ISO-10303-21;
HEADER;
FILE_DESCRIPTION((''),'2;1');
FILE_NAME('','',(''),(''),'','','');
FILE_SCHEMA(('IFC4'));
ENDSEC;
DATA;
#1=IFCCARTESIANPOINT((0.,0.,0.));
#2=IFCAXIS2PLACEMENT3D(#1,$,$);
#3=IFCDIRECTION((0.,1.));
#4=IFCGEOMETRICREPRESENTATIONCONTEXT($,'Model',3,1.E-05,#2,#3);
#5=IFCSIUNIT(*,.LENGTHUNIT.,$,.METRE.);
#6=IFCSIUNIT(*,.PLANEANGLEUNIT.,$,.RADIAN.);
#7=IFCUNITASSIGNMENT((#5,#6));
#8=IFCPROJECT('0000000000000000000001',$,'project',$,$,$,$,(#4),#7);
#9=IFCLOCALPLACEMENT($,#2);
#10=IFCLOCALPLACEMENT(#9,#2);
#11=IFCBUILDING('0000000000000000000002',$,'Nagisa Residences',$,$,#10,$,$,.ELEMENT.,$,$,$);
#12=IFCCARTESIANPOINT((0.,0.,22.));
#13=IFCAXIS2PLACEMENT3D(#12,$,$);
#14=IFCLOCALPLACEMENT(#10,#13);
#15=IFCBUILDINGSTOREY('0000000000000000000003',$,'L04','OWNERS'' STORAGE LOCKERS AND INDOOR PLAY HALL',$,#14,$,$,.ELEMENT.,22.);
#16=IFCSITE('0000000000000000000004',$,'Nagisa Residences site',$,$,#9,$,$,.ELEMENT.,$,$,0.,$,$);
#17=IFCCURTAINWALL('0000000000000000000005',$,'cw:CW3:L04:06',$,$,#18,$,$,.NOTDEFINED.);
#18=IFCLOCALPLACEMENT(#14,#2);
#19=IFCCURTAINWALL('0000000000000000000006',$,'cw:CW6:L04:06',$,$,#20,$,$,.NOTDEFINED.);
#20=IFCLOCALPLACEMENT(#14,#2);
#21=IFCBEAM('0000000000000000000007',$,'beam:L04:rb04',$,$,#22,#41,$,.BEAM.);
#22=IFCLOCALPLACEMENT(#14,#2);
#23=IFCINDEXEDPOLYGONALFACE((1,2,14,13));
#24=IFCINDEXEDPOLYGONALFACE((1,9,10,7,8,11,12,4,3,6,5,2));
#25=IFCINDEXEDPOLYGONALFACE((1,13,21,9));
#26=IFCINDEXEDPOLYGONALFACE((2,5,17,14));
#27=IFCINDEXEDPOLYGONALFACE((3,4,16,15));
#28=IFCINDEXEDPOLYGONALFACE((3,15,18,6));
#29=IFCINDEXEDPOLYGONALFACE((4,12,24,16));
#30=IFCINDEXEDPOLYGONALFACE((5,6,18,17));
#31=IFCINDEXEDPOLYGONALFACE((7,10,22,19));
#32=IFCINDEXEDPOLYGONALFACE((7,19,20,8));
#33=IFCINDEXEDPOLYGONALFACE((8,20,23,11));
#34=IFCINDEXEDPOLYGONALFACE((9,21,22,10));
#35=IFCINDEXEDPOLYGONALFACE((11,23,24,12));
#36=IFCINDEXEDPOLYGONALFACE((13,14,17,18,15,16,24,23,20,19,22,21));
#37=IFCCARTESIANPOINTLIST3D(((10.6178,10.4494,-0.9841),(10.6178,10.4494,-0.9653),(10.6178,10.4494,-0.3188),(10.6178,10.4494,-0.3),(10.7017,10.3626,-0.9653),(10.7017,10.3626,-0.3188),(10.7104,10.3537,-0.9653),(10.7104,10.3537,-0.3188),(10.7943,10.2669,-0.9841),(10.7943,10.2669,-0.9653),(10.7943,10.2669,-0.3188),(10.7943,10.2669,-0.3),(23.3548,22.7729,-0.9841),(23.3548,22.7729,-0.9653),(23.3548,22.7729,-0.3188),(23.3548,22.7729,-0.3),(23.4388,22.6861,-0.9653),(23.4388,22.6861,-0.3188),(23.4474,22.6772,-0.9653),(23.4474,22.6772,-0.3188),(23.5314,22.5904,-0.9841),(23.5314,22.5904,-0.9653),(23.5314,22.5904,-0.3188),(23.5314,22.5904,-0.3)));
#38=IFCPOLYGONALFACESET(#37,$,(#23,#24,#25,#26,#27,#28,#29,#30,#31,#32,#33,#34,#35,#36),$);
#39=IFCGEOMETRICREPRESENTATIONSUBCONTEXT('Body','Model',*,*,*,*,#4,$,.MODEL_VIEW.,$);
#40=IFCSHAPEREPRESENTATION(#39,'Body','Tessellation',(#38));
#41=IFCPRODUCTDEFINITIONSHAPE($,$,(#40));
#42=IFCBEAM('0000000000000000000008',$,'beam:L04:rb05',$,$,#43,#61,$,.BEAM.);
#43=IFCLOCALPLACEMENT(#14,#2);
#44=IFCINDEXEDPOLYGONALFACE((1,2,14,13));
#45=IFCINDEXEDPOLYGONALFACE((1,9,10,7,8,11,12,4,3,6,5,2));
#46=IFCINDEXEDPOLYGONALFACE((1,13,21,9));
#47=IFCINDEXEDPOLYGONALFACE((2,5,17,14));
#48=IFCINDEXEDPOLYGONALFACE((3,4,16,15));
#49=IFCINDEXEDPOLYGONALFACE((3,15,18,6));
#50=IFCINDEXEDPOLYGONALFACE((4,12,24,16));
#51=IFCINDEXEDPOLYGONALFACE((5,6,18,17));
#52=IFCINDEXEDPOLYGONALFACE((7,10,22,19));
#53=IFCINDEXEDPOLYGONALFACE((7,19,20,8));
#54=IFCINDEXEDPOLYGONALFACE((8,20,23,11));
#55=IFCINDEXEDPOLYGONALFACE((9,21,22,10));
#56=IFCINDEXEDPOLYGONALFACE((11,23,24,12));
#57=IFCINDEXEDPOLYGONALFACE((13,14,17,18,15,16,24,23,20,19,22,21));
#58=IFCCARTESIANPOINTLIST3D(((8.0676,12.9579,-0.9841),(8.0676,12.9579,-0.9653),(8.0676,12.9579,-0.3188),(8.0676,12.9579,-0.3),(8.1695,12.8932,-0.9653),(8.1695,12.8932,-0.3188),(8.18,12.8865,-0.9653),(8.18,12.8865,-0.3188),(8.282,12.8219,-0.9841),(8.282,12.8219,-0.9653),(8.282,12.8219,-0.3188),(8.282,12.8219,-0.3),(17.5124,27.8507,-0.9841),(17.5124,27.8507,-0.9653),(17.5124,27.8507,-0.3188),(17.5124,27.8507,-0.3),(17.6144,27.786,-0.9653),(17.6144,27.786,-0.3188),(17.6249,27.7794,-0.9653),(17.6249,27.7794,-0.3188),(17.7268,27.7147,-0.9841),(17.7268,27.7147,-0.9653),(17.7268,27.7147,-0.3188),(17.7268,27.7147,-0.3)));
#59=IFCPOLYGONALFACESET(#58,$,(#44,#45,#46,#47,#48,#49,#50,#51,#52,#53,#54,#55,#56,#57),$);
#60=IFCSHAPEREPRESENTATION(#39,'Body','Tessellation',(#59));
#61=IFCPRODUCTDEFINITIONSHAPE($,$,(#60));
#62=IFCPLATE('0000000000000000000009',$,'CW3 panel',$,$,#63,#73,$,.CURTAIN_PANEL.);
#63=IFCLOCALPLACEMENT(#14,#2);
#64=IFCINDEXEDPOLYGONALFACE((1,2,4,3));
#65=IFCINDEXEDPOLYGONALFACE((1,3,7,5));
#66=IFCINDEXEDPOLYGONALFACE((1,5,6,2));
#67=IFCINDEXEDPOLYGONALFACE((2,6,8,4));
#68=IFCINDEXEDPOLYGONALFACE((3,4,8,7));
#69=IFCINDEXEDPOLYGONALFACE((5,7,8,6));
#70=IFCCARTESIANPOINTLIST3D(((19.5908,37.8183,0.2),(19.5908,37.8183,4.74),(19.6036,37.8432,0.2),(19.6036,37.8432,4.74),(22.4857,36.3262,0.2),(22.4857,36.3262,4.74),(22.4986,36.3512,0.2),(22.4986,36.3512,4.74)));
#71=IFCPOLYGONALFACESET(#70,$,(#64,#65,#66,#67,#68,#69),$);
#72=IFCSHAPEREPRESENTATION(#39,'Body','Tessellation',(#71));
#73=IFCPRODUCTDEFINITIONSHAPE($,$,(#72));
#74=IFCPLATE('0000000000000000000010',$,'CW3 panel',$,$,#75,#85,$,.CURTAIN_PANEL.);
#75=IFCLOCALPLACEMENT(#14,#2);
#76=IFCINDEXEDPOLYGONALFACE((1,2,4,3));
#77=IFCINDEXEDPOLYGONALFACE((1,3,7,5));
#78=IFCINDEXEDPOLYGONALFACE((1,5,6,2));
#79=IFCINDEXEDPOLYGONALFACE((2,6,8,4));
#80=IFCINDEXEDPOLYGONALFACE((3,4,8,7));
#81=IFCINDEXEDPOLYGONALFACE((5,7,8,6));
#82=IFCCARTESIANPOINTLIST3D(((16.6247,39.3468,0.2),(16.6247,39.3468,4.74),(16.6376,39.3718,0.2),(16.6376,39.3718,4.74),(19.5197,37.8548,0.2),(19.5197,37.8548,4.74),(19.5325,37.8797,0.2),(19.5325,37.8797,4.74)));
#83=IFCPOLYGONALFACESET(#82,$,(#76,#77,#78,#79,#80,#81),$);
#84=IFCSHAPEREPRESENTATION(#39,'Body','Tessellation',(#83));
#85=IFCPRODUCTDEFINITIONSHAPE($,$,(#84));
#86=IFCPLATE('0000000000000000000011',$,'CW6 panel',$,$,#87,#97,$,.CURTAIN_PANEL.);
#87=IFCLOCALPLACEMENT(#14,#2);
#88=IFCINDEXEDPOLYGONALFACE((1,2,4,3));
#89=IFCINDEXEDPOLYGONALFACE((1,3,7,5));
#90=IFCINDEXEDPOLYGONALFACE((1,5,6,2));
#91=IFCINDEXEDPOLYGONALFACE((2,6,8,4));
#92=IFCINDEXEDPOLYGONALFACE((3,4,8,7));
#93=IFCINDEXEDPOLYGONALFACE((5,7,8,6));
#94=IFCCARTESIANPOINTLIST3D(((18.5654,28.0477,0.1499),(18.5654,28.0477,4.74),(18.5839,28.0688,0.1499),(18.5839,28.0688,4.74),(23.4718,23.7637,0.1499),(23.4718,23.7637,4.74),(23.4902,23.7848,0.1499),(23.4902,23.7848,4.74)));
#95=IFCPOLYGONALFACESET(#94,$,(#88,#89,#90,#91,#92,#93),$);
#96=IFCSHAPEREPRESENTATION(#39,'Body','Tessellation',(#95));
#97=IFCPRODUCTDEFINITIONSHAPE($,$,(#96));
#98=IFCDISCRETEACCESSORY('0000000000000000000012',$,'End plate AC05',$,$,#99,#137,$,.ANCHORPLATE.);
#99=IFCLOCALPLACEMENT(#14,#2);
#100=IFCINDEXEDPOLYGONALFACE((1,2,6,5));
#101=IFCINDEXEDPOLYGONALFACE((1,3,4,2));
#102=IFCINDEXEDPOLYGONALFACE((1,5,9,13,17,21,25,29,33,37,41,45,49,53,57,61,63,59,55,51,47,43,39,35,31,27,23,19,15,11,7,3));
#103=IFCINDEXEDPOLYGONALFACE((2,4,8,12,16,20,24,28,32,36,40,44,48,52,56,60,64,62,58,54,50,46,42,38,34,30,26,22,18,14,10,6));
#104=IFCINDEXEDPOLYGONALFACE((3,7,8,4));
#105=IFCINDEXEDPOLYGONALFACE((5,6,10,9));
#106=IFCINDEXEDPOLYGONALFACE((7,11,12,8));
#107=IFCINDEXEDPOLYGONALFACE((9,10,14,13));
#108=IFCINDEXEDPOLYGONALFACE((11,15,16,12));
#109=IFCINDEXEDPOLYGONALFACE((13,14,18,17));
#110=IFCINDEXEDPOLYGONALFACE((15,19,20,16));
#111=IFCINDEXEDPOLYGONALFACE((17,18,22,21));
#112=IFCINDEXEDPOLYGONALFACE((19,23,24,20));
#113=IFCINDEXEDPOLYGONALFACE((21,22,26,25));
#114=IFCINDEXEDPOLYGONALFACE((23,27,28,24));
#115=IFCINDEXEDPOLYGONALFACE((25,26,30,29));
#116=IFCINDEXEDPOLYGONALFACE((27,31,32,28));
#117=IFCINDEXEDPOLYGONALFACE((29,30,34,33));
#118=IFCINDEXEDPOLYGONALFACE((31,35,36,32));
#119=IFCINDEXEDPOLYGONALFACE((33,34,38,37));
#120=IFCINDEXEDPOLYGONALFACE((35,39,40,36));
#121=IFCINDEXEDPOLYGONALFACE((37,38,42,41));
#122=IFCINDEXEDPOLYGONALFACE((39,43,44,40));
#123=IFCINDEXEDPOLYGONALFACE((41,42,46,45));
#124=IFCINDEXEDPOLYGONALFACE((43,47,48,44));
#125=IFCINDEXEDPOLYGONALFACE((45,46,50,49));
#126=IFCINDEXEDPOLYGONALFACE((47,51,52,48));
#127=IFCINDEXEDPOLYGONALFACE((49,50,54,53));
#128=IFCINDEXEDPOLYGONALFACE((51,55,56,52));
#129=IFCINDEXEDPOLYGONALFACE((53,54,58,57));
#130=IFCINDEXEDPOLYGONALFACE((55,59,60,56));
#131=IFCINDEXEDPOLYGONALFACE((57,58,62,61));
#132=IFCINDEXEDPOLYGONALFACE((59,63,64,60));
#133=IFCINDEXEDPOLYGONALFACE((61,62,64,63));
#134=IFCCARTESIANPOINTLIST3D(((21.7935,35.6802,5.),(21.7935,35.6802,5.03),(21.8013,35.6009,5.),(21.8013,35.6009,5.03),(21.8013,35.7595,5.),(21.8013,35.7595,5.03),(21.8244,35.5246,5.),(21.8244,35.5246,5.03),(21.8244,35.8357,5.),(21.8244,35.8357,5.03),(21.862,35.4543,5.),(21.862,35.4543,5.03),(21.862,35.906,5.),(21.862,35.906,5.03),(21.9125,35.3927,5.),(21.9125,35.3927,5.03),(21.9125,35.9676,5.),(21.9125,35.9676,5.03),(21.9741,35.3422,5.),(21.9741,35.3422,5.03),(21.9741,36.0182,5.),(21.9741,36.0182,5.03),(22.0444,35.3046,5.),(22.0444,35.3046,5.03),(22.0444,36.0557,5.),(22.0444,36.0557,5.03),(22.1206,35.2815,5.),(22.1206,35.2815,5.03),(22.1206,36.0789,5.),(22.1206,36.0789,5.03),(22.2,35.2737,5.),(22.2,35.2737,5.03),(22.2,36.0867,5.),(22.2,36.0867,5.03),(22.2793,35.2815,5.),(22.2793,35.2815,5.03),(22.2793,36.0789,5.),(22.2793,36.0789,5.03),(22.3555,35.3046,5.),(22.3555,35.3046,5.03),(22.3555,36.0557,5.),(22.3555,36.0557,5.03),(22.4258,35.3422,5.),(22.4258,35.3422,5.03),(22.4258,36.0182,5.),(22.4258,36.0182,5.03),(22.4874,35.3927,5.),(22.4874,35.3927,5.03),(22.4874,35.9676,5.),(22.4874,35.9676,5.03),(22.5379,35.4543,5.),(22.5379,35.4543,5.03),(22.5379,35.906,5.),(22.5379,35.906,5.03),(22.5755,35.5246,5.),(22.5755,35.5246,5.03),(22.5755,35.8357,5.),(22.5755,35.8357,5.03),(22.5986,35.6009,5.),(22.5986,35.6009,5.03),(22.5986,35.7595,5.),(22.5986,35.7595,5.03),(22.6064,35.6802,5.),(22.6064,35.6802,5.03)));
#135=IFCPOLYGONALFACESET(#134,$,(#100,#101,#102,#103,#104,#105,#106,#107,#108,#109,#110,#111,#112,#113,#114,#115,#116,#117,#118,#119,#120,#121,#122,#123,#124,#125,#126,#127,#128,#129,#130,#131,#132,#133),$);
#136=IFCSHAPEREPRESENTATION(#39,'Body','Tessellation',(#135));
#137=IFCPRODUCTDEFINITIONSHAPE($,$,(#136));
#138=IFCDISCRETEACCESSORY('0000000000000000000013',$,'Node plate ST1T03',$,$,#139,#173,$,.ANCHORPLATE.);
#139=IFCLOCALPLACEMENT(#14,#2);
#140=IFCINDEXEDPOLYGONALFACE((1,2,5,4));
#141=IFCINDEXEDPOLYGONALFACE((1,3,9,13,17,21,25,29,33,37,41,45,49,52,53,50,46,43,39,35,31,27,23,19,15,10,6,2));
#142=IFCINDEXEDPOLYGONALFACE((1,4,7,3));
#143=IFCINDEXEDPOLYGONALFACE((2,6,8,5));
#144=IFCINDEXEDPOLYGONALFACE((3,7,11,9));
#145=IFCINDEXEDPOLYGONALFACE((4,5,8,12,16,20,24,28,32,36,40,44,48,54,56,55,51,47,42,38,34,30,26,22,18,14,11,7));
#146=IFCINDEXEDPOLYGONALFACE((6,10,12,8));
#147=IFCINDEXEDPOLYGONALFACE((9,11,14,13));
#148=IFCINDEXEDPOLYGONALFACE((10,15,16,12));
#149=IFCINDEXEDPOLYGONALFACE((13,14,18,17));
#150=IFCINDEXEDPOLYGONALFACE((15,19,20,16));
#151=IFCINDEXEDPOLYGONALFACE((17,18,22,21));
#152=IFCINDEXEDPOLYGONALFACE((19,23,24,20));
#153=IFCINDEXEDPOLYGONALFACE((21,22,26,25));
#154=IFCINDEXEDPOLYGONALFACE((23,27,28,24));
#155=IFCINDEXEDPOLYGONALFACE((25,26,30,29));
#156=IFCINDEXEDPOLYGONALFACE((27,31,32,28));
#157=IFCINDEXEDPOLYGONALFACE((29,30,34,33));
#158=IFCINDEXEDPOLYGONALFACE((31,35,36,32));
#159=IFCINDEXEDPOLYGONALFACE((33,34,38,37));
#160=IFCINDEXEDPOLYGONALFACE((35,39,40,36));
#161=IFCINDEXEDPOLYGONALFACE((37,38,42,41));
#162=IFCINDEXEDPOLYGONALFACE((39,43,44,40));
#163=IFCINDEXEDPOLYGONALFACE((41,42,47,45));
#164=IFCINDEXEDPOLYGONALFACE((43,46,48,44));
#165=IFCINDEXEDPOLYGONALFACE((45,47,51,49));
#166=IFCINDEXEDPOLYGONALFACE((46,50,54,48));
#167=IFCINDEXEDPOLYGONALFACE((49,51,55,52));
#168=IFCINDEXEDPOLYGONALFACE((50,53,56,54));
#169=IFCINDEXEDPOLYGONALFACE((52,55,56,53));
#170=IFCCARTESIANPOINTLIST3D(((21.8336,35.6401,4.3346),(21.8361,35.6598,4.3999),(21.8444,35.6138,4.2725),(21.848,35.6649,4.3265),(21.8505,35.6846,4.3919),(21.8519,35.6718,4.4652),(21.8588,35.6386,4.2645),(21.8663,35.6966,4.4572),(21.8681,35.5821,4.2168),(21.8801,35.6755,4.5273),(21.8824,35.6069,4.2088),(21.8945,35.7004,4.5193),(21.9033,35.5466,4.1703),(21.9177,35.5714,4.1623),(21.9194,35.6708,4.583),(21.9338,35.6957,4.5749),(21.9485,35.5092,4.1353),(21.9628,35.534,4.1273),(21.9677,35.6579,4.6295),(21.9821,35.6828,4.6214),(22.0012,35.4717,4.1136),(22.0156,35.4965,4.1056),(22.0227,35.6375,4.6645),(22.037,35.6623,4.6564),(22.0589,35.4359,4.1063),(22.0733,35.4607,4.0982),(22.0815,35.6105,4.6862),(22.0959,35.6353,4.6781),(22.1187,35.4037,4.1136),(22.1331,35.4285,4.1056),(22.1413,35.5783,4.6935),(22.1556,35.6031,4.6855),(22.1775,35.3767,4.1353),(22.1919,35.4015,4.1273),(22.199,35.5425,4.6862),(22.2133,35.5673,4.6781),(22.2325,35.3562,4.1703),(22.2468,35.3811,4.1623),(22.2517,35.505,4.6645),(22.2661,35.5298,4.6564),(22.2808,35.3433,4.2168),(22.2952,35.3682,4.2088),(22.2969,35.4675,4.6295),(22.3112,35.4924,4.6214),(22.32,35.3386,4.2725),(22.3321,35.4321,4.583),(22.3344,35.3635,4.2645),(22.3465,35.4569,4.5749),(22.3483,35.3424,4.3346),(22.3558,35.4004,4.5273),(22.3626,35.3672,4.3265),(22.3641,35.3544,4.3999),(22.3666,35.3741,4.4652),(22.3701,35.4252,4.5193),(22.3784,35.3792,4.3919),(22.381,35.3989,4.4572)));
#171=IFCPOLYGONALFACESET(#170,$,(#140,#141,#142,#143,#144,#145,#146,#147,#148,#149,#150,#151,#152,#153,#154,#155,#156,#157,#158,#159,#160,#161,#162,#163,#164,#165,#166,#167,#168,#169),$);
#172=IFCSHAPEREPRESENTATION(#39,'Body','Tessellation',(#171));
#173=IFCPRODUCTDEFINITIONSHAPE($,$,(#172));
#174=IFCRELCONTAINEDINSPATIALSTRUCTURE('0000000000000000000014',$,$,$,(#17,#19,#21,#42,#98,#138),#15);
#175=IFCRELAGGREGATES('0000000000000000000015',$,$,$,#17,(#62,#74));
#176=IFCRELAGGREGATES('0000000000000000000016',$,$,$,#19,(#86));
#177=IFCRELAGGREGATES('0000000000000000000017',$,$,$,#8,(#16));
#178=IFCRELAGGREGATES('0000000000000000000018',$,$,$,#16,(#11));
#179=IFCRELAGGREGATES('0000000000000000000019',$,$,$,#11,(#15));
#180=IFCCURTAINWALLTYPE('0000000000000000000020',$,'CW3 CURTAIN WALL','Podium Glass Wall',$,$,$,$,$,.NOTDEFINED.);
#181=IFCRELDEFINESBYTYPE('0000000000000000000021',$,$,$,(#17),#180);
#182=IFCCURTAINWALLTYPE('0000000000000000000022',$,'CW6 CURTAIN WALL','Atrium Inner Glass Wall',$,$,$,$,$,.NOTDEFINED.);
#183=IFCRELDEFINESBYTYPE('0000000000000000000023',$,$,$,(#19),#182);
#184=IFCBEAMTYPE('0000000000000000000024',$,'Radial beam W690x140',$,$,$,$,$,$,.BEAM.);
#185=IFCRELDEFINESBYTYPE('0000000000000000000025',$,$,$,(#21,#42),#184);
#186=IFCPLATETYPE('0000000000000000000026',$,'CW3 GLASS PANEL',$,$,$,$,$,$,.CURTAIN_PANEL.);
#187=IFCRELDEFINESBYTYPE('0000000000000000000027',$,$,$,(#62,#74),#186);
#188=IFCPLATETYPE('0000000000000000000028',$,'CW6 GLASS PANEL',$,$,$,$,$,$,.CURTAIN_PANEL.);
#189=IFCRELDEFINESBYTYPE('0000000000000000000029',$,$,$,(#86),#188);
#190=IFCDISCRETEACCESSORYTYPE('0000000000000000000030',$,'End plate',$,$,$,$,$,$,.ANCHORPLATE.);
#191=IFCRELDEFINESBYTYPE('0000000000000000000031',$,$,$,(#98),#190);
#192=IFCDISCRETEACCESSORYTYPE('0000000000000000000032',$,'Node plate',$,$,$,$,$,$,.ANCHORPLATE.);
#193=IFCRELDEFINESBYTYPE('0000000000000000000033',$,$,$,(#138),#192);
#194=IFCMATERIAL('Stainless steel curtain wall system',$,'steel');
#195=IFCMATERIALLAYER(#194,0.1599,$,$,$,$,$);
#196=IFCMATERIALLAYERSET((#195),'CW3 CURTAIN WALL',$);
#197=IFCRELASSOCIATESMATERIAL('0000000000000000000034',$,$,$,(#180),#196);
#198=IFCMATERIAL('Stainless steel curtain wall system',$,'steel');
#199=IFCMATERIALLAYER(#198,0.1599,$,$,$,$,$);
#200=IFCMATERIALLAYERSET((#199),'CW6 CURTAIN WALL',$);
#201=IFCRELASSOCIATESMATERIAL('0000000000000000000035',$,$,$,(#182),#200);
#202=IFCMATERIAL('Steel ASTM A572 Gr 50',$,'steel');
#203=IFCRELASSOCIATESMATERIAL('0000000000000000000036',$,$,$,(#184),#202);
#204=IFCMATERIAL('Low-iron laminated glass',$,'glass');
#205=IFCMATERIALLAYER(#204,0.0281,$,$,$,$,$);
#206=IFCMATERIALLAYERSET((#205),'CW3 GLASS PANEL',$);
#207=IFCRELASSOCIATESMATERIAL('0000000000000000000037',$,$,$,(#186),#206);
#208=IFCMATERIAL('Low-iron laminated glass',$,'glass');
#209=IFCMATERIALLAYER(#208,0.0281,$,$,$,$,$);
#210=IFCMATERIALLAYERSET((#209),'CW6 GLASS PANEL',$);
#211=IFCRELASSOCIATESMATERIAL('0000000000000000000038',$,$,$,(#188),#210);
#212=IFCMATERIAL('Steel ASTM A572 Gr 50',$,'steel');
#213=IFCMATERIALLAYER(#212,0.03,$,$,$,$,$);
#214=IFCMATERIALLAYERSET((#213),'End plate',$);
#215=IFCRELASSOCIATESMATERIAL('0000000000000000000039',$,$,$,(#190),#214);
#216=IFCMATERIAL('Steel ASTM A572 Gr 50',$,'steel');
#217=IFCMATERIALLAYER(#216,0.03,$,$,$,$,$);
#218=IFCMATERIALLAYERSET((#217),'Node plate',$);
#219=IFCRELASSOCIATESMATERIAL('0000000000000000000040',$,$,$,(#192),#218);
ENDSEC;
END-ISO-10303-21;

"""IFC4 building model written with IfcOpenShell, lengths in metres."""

from ifc_helpers import new_model, si_unit, direction, frame, origin, origin_2d, place, context, subcontext, project, spatial, rectangle, circle, i_section, extrude, material, layer, layer_set, material_profile, profile_set, type_object, element, aggregate, save


model = new_model("IFC4")

# Units and contexts
model_context = context("Model", 3, precision=1e-05, world=origin(), true_north=direction((0.0, 1.0)))
body_context = subcontext(model_context, "Body", "Model", "MODEL_VIEW")
ifc_project = project(units=[si_unit("LENGTHUNIT", "METRE"), si_unit("PLANEANGLEUNIT", "RADIAN")], contexts=[model_context])

# Site, building, storey
site_placement = place(None, origin())
site = spatial("IfcSite", under=ifc_project, at=site_placement, Name="Nagisa Residences site", CompositionType="ELEMENT", RefElevation=0.0)
building_placement = place(site_placement, origin())
building = spatial("IfcBuilding", under=site, at=building_placement, Name="Nagisa Residences", CompositionType="ELEMENT")
storey_placement = place(building_placement, frame((0.0, 0.0, 22.0)))
storey = spatial("IfcBuildingStorey", under=building, at=storey_placement, Name="L04", Description="OWNERS' STORAGE LOCKERS AND INDOOR PLAY HALL", CompositionType="ELEMENT", Elevation=22.0)

# Shared definitions
ifc_material_1 = material(Name="Stainless steel curtain wall system", Category="steel")
ifc_layer_1 = layer(ifc_material_1, 0.1599)
ifc_layer_set_1 = layer_set([ifc_layer_1], Name="CW3 CURTAIN WALL")
curtain_wall_type_1 = type_object("IfcCurtainWallType", Name="CW3 CURTAIN WALL", Description="Podium Glass Wall", PredefinedType="NOTDEFINED", material=ifc_layer_set_1)

# Curtain wall
curtain_wall_1_placement = place(storey_placement, origin())
curtain_wall_1 = element("IfcCurtainWall", 1, at=curtain_wall_1_placement, inside=storey, type_object=curtain_wall_type_1, Name="cw:CW3:L04:06", PredefinedType="NOTDEFINED")

# Curtain wall
ifc_material_2 = material(Name="Stainless steel curtain wall system", Category="steel")
ifc_layer_2 = layer(ifc_material_2, 0.1599)
ifc_layer_set_2 = layer_set([ifc_layer_2], Name="CW6 CURTAIN WALL")
curtain_wall_type_2 = type_object("IfcCurtainWallType", Name="CW6 CURTAIN WALL", Description="Atrium Inner Glass Wall", PredefinedType="NOTDEFINED", material=ifc_layer_set_2)
curtain_wall_2_placement = place(storey_placement, origin())
curtain_wall_2 = element("IfcCurtainWall", 2, at=curtain_wall_2_placement, inside=storey, type_object=curtain_wall_type_2, Name="cw:CW6:L04:06", PredefinedType="NOTDEFINED")

# Beams
ifc_material_3 = material(Name="Steel ASTM A572 Gr 50", Category="steel")
ifc_material_profile_1 = material_profile(ifc_material_3, i_section(OverallWidth=0.2539, OverallDepth=0.6841, WebThickness=0.0125, FlangeThickness=0.0188, at=origin_2d()), Name="W690x140")
ifc_profile_set_1 = profile_set([ifc_material_profile_1], Name="Steel ASTM A572 Gr 50")
beam_type_1 = type_object("IfcBeamType", Name="Radial beam W690x140", PredefinedType="BEAM", material=ifc_profile_set_1)
beam_1_placement = place(storey_placement, frame((23.4431, 22.6816, -0.6421), z_axis=(-0.718678, -0.695343, 0.0), x_axis=(0.695343, -0.718678, 0.0)))
element("IfcBeam", 3, at=beam_1_placement, inside=storey, type_object=beam_type_1, Name="beam:L04:rb04", PredefinedType="BEAM", context=body_context, shape_type="SweptSolid", body=[
    extrude(i_section(OverallWidth=0.2539, OverallDepth=0.6841, WebThickness=0.0125, FlangeThickness=0.0188, at=origin_2d()), origin(), (0.0, 0.0, 1.0), 17.7229),
])
beam_2_placement = place(storey_placement, frame((17.6196, 27.7827, -0.6421), z_axis=(-0.535566, -0.844493, 0.0), x_axis=(0.844493, -0.535566, 0.0)))
element("IfcBeam", 4, at=beam_2_placement, inside=storey, type_object=beam_type_1, Name="beam:L04:rb05", PredefinedType="BEAM", context=body_context, shape_type="SweptSolid", body=[
    extrude(i_section(OverallWidth=0.2539, OverallDepth=0.6841, WebThickness=0.0125, FlangeThickness=0.0188, at=origin_2d()), origin(), (0.0, 0.0, 1.0), 17.6353),
])

# Plates
ifc_material_4 = material(Name="Low-iron laminated glass", Category="glass")
ifc_layer_3 = layer(ifc_material_4, 0.0281)
ifc_layer_set_3 = layer_set([ifc_layer_3], Name="CW3 GLASS PANEL")
plate_type_1 = type_object("IfcPlateType", Name="CW3 GLASS PANEL", PredefinedType="CURTAIN_PANEL", material=ifc_layer_set_3)
plate_1_placement = place(storey_placement, frame((21.0447, 37.0847, 0.2), z_axis=(0.0, 0.0, 1.0), x_axis=(-0.888887, 0.458126, 0.0)))
plate_1 = element("IfcPlate", 5, at=plate_1_placement, type_object=plate_type_1, Name="CW3 panel", PredefinedType="CURTAIN_PANEL", context=body_context, shape_type="SweptSolid", body=[
    extrude(rectangle(XDim=3.2568, YDim=0.0281, at=origin_2d()), origin(), (0.0, 0.0, 1.0), 4.54),
])
plate_2_placement = place(storey_placement, frame((18.0786, 38.6133, 0.2), z_axis=(0.0, 0.0, 1.0), x_axis=(-0.888887, 0.458126, 0.0)))
plate_2 = element("IfcPlate", 6, at=plate_2_placement, type_object=plate_type_1, Name="CW3 panel", PredefinedType="CURTAIN_PANEL", context=body_context, shape_type="SweptSolid", body=[
    extrude(rectangle(XDim=3.2568, YDim=0.0281, at=origin_2d()), origin(), (0.0, 0.0, 1.0), 4.54),
])
aggregate(curtain_wall_1, [plate_1, plate_2])
ifc_material_5 = material(Name="Low-iron laminated glass", Category="glass")
ifc_layer_4 = layer(ifc_material_5, 0.0281)
ifc_layer_set_4 = layer_set([ifc_layer_4], Name="CW6 GLASS PANEL")
plate_type_2 = type_object("IfcPlateType", Name="CW6 GLASS PANEL", PredefinedType="CURTAIN_PANEL", material=ifc_layer_set_4)
plate_3_placement = place(storey_placement, frame((21.0278, 25.9163, 0.1499), z_axis=(0.0, 0.0, 1.0), x_axis=(-0.753261, 0.657721, 0.0)))
plate_3 = element("IfcPlate", 7, at=plate_3_placement, type_object=plate_type_2, Name="CW6 panel", PredefinedType="CURTAIN_PANEL", context=body_context, shape_type="SweptSolid", body=[
    extrude(rectangle(XDim=6.5134, YDim=0.0281, at=origin_2d()), origin(), (0.0, 0.0, 1.0), 4.5901),
])
aggregate(curtain_wall_2, [plate_3])

# Discrete accessories
ifc_material_6 = material(Name="Steel ASTM A572 Gr 50", Category="steel")
ifc_layer_5 = layer(ifc_material_6, 0.03)
ifc_layer_set_5 = layer_set([ifc_layer_5], Name="End plate")
discrete_accessory_type_1 = type_object("IfcDiscreteAccessoryType", Name="End plate", PredefinedType="ANCHORPLATE", material=ifc_layer_set_5)
discrete_accessory_1_placement = place(storey_placement, frame((22.2, 35.6802, 5.0), z_axis=(0.0, 0.0, 1.0), x_axis=(1.0, 0.0, 0.0)))
element("IfcDiscreteAccessory", 8, at=discrete_accessory_1_placement, inside=storey, type_object=discrete_accessory_type_1, Name="End plate AC05", PredefinedType="ANCHORPLATE", context=body_context, shape_type="SweptSolid", body=[
    extrude(circle(Radius=0.4065, at=origin_2d()), origin(), (0.0, 0.0, 1.0), 0.03),
])
ifc_material_7 = material(Name="Steel ASTM A572 Gr 50", Category="steel")
ifc_layer_6 = layer(ifc_material_7, 0.03)
ifc_layer_set_6 = layer_set([ifc_layer_6], Name="Node plate")
discrete_accessory_type_2 = type_object("IfcDiscreteAccessoryType", Name="Node plate", PredefinedType="ANCHORPLATE", material=ifc_layer_set_6)
discrete_accessory_2_placement = place(storey_placement, frame((22.1001, 35.5071, 4.3999), z_axis=(0.482151, 0.833549, -0.269678), x_axis=(-0.86562, 0.500702, 0.0)))
element("IfcDiscreteAccessory", 9, at=discrete_accessory_2_placement, inside=storey, type_object=discrete_accessory_type_2, Name="Node plate ST1T03", PredefinedType="ANCHORPLATE", context=body_context, shape_type="SweptSolid", body=[
    extrude(circle(Radius=0.3049, at=origin_2d()), origin(), (0.0, 0.0, 1.0), 0.0298),
])

save(model, "model.ifc")
